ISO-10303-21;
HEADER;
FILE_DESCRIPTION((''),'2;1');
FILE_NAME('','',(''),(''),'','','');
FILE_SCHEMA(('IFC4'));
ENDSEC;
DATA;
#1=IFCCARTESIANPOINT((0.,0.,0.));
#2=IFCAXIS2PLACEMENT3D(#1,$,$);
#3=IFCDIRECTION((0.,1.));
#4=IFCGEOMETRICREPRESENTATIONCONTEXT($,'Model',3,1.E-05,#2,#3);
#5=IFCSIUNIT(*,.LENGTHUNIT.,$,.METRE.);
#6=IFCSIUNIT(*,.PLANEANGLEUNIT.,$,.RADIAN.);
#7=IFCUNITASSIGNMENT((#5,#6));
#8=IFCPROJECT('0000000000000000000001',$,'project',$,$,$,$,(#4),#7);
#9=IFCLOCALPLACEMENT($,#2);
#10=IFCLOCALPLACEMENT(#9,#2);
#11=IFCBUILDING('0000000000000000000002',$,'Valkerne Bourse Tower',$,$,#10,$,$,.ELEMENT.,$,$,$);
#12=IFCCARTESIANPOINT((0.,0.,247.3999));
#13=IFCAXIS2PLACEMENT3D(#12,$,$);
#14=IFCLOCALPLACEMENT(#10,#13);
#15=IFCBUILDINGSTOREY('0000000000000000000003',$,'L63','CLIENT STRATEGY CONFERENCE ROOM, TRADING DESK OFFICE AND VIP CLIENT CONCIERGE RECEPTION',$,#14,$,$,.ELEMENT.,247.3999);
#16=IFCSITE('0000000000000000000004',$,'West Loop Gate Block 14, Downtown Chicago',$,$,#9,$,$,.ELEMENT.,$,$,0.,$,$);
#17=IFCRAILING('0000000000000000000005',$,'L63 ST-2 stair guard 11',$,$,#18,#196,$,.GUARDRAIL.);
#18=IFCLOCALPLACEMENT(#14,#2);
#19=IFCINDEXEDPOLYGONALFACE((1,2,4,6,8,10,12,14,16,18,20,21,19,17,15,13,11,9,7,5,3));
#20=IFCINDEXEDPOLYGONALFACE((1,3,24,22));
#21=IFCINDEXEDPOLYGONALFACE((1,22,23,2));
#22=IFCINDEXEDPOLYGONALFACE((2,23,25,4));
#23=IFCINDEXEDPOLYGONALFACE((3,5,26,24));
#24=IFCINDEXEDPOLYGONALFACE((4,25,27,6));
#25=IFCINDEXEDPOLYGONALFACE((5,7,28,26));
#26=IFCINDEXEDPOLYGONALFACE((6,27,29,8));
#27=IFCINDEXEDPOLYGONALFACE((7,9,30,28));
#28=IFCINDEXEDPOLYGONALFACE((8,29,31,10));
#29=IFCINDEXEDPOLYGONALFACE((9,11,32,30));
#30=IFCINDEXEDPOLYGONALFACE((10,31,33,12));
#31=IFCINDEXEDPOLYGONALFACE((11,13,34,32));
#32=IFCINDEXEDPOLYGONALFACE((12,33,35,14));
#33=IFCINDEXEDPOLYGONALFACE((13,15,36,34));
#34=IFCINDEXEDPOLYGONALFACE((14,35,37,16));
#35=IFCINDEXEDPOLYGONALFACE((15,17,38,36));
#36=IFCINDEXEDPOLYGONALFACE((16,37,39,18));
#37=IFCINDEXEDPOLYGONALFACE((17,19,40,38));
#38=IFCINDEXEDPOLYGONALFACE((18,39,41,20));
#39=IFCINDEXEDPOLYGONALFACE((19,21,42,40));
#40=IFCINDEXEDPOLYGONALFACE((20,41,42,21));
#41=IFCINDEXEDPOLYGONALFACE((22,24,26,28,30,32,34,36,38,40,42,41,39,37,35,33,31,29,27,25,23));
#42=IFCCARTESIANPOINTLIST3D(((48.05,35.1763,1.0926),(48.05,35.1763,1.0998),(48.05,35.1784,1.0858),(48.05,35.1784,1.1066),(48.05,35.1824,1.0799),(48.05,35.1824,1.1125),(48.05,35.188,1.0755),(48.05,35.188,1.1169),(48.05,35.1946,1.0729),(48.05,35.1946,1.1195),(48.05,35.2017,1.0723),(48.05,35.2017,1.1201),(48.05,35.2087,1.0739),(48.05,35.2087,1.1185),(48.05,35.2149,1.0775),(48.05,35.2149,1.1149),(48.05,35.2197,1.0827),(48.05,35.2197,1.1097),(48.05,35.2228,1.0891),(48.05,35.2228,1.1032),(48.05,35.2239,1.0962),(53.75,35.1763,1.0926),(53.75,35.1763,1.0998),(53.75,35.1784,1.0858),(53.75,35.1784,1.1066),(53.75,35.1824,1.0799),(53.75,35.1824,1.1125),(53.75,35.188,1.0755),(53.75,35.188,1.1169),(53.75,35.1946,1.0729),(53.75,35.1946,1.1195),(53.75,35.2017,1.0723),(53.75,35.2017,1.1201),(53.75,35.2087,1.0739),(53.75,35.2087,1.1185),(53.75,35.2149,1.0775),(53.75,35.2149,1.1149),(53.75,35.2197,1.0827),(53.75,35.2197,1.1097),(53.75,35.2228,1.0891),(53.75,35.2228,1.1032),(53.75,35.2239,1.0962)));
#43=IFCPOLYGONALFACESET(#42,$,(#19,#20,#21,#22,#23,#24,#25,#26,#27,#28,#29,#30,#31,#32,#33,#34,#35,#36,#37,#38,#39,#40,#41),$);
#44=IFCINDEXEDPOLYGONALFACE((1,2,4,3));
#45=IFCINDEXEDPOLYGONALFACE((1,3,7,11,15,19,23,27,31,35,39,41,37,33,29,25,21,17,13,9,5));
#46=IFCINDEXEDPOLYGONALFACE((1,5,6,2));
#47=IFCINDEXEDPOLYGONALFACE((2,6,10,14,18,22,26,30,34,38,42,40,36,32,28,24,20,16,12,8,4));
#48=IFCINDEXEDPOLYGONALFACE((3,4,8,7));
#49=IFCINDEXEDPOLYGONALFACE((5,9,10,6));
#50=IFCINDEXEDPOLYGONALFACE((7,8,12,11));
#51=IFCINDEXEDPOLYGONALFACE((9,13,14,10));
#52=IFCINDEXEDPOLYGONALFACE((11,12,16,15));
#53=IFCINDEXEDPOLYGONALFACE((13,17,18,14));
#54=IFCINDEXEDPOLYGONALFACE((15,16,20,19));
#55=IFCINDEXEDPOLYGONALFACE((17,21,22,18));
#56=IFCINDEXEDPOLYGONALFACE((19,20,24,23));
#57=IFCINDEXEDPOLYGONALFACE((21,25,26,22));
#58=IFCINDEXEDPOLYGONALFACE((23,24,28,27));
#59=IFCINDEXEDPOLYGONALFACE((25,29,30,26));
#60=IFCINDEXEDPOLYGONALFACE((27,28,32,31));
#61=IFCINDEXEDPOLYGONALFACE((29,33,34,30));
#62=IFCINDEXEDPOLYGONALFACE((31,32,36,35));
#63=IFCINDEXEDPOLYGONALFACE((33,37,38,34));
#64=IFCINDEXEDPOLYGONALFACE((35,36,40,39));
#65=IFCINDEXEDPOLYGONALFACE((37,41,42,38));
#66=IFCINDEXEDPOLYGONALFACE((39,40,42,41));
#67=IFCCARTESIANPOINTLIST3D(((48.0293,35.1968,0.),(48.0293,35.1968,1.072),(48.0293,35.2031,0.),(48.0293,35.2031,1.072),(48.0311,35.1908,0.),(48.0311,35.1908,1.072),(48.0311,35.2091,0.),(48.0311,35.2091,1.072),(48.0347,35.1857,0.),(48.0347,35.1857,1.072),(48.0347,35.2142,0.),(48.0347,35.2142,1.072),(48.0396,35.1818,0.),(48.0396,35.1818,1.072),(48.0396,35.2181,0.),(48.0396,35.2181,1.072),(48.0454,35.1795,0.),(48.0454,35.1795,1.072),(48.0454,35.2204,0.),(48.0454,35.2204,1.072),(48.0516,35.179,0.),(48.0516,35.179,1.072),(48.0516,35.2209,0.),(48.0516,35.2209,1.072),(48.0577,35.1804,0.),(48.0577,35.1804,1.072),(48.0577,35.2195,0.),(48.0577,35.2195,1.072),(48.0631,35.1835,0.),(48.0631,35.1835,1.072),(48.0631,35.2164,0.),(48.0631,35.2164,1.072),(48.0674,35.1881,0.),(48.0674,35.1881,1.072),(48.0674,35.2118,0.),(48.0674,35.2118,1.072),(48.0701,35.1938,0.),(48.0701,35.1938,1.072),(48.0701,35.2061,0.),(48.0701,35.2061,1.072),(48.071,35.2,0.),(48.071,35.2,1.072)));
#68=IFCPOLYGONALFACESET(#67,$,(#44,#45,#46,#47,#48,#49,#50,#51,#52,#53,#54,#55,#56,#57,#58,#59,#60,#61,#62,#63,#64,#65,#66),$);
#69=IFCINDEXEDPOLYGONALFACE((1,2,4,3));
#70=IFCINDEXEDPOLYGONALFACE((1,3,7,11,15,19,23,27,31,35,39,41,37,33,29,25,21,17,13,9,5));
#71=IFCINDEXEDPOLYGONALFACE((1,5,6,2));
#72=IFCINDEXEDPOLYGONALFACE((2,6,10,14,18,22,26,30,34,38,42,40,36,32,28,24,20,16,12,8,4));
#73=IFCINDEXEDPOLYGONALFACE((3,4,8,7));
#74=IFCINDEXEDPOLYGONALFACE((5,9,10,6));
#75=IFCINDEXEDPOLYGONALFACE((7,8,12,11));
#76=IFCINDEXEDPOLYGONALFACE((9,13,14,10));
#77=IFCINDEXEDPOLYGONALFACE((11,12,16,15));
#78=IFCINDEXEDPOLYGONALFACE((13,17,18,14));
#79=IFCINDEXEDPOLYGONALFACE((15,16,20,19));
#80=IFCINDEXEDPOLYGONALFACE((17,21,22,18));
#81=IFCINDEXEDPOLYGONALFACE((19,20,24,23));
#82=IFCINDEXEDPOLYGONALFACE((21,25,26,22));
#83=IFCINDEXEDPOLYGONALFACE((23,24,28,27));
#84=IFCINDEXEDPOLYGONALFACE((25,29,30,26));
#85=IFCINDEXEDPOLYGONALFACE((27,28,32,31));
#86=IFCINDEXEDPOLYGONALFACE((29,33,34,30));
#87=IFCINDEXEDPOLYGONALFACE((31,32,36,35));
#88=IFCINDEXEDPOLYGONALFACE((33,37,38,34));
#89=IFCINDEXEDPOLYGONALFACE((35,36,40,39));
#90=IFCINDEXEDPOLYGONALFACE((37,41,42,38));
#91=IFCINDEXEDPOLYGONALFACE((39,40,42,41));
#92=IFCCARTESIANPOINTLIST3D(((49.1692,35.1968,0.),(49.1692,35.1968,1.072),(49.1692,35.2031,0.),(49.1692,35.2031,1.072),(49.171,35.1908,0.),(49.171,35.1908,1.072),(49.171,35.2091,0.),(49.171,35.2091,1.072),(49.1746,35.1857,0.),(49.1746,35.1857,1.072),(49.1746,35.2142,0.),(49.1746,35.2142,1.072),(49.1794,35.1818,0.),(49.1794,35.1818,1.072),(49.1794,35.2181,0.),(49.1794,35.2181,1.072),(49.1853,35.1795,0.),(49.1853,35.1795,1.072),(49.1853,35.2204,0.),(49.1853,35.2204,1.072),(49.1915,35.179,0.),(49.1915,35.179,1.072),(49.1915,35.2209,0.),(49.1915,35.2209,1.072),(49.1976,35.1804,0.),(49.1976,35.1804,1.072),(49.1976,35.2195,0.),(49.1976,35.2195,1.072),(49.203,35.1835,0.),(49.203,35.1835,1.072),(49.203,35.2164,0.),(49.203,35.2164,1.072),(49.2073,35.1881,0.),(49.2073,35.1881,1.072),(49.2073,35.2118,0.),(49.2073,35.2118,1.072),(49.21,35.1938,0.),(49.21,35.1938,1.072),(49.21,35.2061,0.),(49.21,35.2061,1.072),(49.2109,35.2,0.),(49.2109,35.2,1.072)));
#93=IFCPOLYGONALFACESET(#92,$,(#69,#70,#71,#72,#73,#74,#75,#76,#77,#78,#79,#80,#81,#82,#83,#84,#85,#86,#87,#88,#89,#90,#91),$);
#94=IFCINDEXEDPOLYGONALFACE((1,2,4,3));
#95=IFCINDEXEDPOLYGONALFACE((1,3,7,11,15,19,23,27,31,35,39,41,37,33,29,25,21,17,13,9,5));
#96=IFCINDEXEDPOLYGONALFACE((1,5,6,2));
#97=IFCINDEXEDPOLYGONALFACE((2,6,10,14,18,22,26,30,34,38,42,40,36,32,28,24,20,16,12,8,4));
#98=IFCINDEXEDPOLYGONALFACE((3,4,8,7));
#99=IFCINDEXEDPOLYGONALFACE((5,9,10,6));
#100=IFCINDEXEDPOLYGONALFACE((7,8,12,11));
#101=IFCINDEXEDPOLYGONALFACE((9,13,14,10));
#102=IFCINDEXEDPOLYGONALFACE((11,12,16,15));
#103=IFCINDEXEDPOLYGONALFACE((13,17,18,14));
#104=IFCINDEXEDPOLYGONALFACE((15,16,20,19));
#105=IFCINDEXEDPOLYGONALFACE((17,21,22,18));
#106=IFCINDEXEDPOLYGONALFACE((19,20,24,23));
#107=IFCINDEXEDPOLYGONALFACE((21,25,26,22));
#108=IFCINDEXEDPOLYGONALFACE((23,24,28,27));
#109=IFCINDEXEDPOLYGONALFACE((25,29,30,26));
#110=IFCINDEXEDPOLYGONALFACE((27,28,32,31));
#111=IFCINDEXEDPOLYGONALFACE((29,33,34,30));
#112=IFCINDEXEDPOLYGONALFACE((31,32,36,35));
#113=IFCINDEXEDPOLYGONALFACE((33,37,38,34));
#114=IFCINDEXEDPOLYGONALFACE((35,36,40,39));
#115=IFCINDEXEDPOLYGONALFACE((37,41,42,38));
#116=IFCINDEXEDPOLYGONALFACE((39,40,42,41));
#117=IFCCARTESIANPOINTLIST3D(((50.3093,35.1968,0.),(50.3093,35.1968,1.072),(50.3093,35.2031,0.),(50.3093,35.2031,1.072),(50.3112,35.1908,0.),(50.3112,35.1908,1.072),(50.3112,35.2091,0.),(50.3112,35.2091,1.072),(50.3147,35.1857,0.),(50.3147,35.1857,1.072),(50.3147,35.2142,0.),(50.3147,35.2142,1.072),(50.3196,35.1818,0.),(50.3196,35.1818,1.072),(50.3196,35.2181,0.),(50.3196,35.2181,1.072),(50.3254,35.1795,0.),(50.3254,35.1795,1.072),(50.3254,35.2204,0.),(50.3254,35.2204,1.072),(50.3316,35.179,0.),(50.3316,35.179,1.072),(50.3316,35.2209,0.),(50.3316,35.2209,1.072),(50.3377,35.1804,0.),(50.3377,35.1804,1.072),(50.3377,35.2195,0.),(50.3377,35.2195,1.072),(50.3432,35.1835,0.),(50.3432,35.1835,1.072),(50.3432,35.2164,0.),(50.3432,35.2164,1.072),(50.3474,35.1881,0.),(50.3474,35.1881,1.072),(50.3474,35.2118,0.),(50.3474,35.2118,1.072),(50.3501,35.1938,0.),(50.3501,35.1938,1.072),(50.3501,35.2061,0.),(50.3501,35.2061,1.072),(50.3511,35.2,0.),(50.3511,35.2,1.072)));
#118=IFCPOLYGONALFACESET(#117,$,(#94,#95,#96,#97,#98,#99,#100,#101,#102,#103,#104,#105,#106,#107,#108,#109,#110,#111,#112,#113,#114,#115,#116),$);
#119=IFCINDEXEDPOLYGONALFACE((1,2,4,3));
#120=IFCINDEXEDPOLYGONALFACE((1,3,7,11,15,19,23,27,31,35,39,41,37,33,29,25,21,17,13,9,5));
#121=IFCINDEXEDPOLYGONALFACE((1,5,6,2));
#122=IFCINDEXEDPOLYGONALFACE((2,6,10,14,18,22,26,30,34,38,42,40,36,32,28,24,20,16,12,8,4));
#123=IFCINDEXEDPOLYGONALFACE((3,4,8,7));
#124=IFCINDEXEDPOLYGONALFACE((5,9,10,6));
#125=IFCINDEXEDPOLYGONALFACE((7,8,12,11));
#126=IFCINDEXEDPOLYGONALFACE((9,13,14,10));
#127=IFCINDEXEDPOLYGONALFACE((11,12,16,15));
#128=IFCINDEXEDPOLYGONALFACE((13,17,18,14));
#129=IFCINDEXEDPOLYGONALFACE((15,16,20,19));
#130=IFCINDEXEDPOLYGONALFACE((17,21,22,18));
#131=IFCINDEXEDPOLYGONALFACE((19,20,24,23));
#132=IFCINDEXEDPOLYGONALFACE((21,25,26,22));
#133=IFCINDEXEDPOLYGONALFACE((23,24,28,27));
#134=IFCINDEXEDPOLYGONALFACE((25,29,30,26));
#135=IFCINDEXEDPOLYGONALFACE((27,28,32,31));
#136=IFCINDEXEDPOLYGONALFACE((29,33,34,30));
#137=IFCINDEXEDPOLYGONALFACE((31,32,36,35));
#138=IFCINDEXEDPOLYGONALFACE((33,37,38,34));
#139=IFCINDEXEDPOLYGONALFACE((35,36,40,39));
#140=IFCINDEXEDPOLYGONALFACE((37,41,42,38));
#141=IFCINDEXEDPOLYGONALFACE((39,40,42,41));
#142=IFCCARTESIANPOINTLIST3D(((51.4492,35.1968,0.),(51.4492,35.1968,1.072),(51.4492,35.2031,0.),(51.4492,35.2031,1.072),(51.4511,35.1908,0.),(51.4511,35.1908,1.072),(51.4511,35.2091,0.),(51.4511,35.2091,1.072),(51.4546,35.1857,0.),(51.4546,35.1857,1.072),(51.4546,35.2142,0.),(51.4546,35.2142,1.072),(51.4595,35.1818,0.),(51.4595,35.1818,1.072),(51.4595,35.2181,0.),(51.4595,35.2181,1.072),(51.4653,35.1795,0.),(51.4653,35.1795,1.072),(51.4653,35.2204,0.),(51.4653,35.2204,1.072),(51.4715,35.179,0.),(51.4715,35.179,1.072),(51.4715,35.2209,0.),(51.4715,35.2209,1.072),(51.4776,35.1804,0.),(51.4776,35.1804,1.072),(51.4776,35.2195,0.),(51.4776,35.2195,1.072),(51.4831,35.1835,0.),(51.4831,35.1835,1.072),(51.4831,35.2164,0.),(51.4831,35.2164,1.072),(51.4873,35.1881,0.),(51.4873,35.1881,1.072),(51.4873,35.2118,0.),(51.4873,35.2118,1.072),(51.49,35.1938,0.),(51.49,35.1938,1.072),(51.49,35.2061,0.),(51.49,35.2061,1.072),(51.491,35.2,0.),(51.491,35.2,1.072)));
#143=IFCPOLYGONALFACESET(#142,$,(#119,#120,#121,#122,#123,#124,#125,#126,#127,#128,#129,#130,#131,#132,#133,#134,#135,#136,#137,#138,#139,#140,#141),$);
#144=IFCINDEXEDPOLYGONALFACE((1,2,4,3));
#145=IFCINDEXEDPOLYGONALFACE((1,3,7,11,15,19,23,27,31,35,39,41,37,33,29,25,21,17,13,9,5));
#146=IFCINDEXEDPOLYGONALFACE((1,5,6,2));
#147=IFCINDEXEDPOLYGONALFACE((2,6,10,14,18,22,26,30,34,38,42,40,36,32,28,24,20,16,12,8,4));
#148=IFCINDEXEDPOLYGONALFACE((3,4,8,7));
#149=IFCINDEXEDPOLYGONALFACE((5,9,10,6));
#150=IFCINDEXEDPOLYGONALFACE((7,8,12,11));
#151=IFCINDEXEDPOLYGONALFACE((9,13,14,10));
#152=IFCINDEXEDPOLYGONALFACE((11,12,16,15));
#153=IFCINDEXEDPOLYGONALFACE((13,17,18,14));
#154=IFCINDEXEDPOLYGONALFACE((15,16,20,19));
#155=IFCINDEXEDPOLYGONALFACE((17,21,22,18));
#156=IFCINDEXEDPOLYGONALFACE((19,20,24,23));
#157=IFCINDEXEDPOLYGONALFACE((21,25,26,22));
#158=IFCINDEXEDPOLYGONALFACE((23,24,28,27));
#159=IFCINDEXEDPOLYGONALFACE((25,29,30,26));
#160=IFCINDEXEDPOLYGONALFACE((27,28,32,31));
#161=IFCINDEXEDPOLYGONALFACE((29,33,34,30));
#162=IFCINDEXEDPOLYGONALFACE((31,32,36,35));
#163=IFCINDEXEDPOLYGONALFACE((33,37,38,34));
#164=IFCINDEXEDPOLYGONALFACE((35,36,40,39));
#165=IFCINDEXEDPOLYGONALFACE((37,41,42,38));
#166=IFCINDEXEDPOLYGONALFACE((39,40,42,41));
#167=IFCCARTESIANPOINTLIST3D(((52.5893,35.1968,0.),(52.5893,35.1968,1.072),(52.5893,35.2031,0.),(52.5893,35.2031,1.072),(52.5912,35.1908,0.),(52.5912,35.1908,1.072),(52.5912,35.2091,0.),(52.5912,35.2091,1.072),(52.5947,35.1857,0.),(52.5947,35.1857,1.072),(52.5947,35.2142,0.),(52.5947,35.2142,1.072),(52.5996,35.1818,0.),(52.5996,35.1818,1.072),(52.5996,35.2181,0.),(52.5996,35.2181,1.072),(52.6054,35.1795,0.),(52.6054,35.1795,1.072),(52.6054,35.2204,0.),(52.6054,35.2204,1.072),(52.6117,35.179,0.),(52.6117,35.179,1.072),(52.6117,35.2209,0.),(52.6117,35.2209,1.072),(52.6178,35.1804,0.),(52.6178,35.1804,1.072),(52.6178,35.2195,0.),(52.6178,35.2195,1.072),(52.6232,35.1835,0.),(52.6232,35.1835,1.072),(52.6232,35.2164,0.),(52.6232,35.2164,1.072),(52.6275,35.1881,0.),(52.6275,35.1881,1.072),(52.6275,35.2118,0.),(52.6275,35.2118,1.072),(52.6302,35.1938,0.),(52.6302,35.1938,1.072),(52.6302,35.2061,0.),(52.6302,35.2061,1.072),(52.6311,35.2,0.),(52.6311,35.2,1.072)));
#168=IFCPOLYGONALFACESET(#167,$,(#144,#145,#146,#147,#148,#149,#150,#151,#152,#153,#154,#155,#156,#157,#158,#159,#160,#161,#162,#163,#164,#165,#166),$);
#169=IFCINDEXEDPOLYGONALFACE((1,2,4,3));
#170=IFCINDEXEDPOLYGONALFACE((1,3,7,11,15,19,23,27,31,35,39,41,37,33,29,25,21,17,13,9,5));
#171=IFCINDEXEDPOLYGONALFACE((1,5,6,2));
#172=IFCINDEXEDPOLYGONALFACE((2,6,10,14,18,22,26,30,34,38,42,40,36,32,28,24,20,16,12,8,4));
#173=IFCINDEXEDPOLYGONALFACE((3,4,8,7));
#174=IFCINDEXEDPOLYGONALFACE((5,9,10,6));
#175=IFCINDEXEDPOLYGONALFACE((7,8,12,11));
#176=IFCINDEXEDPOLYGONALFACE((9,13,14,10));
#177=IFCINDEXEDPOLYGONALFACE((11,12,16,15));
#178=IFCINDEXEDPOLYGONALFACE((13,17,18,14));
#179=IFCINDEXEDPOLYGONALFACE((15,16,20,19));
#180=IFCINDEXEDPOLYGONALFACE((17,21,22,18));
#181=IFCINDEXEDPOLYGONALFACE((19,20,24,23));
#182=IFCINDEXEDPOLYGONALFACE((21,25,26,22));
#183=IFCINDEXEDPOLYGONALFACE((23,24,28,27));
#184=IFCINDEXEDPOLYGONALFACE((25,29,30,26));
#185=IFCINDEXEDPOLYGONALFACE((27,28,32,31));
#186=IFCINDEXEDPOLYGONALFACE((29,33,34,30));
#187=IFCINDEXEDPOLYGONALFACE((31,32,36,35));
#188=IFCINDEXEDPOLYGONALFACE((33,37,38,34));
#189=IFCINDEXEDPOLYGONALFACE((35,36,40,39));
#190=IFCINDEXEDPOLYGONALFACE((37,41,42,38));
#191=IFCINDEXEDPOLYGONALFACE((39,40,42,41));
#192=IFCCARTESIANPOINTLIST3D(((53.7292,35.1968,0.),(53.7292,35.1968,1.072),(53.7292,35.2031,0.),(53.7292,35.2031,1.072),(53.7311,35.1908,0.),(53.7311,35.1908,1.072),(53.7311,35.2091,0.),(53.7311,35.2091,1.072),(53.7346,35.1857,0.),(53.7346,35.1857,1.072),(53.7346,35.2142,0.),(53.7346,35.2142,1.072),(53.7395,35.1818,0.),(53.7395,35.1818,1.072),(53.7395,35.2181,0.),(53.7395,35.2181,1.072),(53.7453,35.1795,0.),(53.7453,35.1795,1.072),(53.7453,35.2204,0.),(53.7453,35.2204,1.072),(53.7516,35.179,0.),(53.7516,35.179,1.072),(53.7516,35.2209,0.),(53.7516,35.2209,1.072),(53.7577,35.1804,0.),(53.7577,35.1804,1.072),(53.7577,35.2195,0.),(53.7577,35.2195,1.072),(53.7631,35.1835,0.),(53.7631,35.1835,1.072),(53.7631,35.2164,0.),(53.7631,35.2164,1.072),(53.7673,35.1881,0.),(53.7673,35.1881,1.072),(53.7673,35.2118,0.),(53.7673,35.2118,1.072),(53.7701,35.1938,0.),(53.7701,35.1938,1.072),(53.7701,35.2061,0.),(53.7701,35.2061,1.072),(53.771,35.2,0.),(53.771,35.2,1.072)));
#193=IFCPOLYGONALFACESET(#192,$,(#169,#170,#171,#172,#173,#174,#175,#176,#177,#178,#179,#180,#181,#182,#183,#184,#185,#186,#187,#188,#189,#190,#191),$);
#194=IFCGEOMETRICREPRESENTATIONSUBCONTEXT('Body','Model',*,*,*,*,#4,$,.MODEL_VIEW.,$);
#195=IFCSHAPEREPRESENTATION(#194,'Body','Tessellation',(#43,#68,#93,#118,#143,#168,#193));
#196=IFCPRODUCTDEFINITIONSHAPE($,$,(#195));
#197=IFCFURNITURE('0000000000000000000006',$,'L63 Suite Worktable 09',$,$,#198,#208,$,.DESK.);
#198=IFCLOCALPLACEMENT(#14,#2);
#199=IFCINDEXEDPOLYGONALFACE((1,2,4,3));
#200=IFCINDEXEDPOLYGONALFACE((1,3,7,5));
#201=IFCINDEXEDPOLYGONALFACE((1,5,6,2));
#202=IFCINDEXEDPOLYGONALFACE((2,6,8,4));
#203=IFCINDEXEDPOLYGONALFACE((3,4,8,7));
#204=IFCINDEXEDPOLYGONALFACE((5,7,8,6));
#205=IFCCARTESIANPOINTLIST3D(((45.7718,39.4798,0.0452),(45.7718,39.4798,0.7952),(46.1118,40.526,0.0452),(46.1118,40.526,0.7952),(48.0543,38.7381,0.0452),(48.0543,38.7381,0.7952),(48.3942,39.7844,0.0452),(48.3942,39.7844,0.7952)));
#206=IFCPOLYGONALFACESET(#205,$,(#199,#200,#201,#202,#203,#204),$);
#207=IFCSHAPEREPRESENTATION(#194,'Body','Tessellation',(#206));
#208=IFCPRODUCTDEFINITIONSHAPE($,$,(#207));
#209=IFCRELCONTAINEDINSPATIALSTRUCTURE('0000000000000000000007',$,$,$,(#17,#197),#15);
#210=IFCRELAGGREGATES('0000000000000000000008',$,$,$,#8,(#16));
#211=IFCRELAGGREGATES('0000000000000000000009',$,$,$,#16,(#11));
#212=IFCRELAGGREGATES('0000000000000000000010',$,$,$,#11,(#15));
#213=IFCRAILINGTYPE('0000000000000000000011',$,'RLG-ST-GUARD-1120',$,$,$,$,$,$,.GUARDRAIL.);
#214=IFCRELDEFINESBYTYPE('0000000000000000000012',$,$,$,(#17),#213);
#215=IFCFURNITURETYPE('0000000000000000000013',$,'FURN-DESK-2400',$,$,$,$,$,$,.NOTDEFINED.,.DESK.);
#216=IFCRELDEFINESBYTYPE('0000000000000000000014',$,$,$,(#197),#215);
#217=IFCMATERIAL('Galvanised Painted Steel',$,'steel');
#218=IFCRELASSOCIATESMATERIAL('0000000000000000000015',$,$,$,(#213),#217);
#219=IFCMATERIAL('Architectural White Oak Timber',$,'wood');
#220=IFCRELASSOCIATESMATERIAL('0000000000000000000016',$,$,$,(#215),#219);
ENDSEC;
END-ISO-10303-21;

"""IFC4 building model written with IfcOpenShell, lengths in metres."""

from ifc_helpers import new_model, si_unit, direction, frame, origin, origin_2d, place, context, subcontext, project, spatial, rectangle, circle, extrude, material, type_object, element, save


model = new_model("IFC4")

# Units and contexts
model_context = context("Model", 3, precision=1e-05, world=origin(), true_north=direction((0.0, 1.0)))
body_context = subcontext(model_context, "Body", "Model", "MODEL_VIEW")
ifc_project = project(units=[si_unit("LENGTHUNIT", "METRE"), si_unit("PLANEANGLEUNIT", "RADIAN")], contexts=[model_context])

# Site, building, storey
site_placement = place(None, origin())
site = spatial("IfcSite", under=ifc_project, at=site_placement, Name="West Loop Gate Block 14, Downtown Chicago", CompositionType="ELEMENT", RefElevation=0.0)
building_placement = place(site_placement, origin())
building = spatial("IfcBuilding", under=site, at=building_placement, Name="Valkerne Bourse Tower", CompositionType="ELEMENT")
storey_placement = place(building_placement, frame((0.0, 0.0, 247.3999)))
storey = spatial("IfcBuildingStorey", under=building, at=storey_placement, Name="L63", Description="CLIENT STRATEGY CONFERENCE ROOM, TRADING DESK OFFICE AND VIP CLIENT CONCIERGE RECEPTION", CompositionType="ELEMENT", Elevation=247.3999)

# Shared definitions
ifc_material_1 = material(Name="Architectural White Oak Timber", Category="wood")

# Railing
ifc_material_2 = material(Name="Galvanised Painted Steel", Category="steel")
railing_type = type_object("IfcRailingType", Name="RLG-ST-GUARD-1120", PredefinedType="GUARDRAIL", material=ifc_material_2)
railing_placement = place(storey_placement, frame((48.05, 35.2, 0.0)))
element("IfcRailing", 1, at=railing_placement, inside=storey, type_object=railing_type, Name="L63 ST-2 stair guard 11", PredefinedType="GUARDRAIL", context=body_context, shape_type="SweptSolid", body=[
    extrude(circle(Radius=0.0239, at=origin_2d()), frame((0.0, 0.0, 1.0962), z_axis=(1.0, 0.0, 0.0), x_axis=(0.0, 1.0, 0.0)), (0.0, 0.0, 1.0), 5.7),
    extrude(circle(Radius=0.021, at=origin_2d()), origin(), (0.0, 0.0, 1.0), 1.072),
    extrude(circle(Radius=0.021, at=origin_2d()), frame((1.1399, 0.0, 0.0)), (0.0, 0.0, 1.0), 1.072),
    extrude(circle(Radius=0.021, at=origin_2d()), frame((2.28, 0.0, 0.0)), (0.0, 0.0, 1.0), 1.072),
    extrude(circle(Radius=0.021, at=origin_2d()), frame((3.4199, 0.0, 0.0)), (0.0, 0.0, 1.0), 1.072),
    extrude(circle(Radius=0.021, at=origin_2d()), frame((4.5601, 0.0, 0.0)), (0.0, 0.0, 1.0), 1.072),
    extrude(circle(Radius=0.021, at=origin_2d()), frame((5.7, 0.0, 0.0)), (0.0, 0.0, 1.0), 1.072),
])

# Furniture
furniture_type = type_object("IfcFurnitureType", Name="FURN-DESK-2400", AssemblyPlace="NOTDEFINED", PredefinedType="DESK", material=ifc_material_1)
furniture_placement = place(storey_placement, frame((47.083, 39.6321, 0.0452), z_axis=(0.0, 0.0, 1.0), x_axis=(-0.951057, 0.309017, 0.0)))
element("IfcFurniture", 2, at=furniture_placement, inside=storey, type_object=furniture_type, Name="L63 Suite Worktable 09", PredefinedType="DESK", context=body_context, shape_type="SweptSolid", body=[
    extrude(rectangle(XDim=2.3999, YDim=1.1001, at=origin_2d()), origin(), (0.0, 0.0, 1.0), 0.75),
])

save(model, "model.ifc")
